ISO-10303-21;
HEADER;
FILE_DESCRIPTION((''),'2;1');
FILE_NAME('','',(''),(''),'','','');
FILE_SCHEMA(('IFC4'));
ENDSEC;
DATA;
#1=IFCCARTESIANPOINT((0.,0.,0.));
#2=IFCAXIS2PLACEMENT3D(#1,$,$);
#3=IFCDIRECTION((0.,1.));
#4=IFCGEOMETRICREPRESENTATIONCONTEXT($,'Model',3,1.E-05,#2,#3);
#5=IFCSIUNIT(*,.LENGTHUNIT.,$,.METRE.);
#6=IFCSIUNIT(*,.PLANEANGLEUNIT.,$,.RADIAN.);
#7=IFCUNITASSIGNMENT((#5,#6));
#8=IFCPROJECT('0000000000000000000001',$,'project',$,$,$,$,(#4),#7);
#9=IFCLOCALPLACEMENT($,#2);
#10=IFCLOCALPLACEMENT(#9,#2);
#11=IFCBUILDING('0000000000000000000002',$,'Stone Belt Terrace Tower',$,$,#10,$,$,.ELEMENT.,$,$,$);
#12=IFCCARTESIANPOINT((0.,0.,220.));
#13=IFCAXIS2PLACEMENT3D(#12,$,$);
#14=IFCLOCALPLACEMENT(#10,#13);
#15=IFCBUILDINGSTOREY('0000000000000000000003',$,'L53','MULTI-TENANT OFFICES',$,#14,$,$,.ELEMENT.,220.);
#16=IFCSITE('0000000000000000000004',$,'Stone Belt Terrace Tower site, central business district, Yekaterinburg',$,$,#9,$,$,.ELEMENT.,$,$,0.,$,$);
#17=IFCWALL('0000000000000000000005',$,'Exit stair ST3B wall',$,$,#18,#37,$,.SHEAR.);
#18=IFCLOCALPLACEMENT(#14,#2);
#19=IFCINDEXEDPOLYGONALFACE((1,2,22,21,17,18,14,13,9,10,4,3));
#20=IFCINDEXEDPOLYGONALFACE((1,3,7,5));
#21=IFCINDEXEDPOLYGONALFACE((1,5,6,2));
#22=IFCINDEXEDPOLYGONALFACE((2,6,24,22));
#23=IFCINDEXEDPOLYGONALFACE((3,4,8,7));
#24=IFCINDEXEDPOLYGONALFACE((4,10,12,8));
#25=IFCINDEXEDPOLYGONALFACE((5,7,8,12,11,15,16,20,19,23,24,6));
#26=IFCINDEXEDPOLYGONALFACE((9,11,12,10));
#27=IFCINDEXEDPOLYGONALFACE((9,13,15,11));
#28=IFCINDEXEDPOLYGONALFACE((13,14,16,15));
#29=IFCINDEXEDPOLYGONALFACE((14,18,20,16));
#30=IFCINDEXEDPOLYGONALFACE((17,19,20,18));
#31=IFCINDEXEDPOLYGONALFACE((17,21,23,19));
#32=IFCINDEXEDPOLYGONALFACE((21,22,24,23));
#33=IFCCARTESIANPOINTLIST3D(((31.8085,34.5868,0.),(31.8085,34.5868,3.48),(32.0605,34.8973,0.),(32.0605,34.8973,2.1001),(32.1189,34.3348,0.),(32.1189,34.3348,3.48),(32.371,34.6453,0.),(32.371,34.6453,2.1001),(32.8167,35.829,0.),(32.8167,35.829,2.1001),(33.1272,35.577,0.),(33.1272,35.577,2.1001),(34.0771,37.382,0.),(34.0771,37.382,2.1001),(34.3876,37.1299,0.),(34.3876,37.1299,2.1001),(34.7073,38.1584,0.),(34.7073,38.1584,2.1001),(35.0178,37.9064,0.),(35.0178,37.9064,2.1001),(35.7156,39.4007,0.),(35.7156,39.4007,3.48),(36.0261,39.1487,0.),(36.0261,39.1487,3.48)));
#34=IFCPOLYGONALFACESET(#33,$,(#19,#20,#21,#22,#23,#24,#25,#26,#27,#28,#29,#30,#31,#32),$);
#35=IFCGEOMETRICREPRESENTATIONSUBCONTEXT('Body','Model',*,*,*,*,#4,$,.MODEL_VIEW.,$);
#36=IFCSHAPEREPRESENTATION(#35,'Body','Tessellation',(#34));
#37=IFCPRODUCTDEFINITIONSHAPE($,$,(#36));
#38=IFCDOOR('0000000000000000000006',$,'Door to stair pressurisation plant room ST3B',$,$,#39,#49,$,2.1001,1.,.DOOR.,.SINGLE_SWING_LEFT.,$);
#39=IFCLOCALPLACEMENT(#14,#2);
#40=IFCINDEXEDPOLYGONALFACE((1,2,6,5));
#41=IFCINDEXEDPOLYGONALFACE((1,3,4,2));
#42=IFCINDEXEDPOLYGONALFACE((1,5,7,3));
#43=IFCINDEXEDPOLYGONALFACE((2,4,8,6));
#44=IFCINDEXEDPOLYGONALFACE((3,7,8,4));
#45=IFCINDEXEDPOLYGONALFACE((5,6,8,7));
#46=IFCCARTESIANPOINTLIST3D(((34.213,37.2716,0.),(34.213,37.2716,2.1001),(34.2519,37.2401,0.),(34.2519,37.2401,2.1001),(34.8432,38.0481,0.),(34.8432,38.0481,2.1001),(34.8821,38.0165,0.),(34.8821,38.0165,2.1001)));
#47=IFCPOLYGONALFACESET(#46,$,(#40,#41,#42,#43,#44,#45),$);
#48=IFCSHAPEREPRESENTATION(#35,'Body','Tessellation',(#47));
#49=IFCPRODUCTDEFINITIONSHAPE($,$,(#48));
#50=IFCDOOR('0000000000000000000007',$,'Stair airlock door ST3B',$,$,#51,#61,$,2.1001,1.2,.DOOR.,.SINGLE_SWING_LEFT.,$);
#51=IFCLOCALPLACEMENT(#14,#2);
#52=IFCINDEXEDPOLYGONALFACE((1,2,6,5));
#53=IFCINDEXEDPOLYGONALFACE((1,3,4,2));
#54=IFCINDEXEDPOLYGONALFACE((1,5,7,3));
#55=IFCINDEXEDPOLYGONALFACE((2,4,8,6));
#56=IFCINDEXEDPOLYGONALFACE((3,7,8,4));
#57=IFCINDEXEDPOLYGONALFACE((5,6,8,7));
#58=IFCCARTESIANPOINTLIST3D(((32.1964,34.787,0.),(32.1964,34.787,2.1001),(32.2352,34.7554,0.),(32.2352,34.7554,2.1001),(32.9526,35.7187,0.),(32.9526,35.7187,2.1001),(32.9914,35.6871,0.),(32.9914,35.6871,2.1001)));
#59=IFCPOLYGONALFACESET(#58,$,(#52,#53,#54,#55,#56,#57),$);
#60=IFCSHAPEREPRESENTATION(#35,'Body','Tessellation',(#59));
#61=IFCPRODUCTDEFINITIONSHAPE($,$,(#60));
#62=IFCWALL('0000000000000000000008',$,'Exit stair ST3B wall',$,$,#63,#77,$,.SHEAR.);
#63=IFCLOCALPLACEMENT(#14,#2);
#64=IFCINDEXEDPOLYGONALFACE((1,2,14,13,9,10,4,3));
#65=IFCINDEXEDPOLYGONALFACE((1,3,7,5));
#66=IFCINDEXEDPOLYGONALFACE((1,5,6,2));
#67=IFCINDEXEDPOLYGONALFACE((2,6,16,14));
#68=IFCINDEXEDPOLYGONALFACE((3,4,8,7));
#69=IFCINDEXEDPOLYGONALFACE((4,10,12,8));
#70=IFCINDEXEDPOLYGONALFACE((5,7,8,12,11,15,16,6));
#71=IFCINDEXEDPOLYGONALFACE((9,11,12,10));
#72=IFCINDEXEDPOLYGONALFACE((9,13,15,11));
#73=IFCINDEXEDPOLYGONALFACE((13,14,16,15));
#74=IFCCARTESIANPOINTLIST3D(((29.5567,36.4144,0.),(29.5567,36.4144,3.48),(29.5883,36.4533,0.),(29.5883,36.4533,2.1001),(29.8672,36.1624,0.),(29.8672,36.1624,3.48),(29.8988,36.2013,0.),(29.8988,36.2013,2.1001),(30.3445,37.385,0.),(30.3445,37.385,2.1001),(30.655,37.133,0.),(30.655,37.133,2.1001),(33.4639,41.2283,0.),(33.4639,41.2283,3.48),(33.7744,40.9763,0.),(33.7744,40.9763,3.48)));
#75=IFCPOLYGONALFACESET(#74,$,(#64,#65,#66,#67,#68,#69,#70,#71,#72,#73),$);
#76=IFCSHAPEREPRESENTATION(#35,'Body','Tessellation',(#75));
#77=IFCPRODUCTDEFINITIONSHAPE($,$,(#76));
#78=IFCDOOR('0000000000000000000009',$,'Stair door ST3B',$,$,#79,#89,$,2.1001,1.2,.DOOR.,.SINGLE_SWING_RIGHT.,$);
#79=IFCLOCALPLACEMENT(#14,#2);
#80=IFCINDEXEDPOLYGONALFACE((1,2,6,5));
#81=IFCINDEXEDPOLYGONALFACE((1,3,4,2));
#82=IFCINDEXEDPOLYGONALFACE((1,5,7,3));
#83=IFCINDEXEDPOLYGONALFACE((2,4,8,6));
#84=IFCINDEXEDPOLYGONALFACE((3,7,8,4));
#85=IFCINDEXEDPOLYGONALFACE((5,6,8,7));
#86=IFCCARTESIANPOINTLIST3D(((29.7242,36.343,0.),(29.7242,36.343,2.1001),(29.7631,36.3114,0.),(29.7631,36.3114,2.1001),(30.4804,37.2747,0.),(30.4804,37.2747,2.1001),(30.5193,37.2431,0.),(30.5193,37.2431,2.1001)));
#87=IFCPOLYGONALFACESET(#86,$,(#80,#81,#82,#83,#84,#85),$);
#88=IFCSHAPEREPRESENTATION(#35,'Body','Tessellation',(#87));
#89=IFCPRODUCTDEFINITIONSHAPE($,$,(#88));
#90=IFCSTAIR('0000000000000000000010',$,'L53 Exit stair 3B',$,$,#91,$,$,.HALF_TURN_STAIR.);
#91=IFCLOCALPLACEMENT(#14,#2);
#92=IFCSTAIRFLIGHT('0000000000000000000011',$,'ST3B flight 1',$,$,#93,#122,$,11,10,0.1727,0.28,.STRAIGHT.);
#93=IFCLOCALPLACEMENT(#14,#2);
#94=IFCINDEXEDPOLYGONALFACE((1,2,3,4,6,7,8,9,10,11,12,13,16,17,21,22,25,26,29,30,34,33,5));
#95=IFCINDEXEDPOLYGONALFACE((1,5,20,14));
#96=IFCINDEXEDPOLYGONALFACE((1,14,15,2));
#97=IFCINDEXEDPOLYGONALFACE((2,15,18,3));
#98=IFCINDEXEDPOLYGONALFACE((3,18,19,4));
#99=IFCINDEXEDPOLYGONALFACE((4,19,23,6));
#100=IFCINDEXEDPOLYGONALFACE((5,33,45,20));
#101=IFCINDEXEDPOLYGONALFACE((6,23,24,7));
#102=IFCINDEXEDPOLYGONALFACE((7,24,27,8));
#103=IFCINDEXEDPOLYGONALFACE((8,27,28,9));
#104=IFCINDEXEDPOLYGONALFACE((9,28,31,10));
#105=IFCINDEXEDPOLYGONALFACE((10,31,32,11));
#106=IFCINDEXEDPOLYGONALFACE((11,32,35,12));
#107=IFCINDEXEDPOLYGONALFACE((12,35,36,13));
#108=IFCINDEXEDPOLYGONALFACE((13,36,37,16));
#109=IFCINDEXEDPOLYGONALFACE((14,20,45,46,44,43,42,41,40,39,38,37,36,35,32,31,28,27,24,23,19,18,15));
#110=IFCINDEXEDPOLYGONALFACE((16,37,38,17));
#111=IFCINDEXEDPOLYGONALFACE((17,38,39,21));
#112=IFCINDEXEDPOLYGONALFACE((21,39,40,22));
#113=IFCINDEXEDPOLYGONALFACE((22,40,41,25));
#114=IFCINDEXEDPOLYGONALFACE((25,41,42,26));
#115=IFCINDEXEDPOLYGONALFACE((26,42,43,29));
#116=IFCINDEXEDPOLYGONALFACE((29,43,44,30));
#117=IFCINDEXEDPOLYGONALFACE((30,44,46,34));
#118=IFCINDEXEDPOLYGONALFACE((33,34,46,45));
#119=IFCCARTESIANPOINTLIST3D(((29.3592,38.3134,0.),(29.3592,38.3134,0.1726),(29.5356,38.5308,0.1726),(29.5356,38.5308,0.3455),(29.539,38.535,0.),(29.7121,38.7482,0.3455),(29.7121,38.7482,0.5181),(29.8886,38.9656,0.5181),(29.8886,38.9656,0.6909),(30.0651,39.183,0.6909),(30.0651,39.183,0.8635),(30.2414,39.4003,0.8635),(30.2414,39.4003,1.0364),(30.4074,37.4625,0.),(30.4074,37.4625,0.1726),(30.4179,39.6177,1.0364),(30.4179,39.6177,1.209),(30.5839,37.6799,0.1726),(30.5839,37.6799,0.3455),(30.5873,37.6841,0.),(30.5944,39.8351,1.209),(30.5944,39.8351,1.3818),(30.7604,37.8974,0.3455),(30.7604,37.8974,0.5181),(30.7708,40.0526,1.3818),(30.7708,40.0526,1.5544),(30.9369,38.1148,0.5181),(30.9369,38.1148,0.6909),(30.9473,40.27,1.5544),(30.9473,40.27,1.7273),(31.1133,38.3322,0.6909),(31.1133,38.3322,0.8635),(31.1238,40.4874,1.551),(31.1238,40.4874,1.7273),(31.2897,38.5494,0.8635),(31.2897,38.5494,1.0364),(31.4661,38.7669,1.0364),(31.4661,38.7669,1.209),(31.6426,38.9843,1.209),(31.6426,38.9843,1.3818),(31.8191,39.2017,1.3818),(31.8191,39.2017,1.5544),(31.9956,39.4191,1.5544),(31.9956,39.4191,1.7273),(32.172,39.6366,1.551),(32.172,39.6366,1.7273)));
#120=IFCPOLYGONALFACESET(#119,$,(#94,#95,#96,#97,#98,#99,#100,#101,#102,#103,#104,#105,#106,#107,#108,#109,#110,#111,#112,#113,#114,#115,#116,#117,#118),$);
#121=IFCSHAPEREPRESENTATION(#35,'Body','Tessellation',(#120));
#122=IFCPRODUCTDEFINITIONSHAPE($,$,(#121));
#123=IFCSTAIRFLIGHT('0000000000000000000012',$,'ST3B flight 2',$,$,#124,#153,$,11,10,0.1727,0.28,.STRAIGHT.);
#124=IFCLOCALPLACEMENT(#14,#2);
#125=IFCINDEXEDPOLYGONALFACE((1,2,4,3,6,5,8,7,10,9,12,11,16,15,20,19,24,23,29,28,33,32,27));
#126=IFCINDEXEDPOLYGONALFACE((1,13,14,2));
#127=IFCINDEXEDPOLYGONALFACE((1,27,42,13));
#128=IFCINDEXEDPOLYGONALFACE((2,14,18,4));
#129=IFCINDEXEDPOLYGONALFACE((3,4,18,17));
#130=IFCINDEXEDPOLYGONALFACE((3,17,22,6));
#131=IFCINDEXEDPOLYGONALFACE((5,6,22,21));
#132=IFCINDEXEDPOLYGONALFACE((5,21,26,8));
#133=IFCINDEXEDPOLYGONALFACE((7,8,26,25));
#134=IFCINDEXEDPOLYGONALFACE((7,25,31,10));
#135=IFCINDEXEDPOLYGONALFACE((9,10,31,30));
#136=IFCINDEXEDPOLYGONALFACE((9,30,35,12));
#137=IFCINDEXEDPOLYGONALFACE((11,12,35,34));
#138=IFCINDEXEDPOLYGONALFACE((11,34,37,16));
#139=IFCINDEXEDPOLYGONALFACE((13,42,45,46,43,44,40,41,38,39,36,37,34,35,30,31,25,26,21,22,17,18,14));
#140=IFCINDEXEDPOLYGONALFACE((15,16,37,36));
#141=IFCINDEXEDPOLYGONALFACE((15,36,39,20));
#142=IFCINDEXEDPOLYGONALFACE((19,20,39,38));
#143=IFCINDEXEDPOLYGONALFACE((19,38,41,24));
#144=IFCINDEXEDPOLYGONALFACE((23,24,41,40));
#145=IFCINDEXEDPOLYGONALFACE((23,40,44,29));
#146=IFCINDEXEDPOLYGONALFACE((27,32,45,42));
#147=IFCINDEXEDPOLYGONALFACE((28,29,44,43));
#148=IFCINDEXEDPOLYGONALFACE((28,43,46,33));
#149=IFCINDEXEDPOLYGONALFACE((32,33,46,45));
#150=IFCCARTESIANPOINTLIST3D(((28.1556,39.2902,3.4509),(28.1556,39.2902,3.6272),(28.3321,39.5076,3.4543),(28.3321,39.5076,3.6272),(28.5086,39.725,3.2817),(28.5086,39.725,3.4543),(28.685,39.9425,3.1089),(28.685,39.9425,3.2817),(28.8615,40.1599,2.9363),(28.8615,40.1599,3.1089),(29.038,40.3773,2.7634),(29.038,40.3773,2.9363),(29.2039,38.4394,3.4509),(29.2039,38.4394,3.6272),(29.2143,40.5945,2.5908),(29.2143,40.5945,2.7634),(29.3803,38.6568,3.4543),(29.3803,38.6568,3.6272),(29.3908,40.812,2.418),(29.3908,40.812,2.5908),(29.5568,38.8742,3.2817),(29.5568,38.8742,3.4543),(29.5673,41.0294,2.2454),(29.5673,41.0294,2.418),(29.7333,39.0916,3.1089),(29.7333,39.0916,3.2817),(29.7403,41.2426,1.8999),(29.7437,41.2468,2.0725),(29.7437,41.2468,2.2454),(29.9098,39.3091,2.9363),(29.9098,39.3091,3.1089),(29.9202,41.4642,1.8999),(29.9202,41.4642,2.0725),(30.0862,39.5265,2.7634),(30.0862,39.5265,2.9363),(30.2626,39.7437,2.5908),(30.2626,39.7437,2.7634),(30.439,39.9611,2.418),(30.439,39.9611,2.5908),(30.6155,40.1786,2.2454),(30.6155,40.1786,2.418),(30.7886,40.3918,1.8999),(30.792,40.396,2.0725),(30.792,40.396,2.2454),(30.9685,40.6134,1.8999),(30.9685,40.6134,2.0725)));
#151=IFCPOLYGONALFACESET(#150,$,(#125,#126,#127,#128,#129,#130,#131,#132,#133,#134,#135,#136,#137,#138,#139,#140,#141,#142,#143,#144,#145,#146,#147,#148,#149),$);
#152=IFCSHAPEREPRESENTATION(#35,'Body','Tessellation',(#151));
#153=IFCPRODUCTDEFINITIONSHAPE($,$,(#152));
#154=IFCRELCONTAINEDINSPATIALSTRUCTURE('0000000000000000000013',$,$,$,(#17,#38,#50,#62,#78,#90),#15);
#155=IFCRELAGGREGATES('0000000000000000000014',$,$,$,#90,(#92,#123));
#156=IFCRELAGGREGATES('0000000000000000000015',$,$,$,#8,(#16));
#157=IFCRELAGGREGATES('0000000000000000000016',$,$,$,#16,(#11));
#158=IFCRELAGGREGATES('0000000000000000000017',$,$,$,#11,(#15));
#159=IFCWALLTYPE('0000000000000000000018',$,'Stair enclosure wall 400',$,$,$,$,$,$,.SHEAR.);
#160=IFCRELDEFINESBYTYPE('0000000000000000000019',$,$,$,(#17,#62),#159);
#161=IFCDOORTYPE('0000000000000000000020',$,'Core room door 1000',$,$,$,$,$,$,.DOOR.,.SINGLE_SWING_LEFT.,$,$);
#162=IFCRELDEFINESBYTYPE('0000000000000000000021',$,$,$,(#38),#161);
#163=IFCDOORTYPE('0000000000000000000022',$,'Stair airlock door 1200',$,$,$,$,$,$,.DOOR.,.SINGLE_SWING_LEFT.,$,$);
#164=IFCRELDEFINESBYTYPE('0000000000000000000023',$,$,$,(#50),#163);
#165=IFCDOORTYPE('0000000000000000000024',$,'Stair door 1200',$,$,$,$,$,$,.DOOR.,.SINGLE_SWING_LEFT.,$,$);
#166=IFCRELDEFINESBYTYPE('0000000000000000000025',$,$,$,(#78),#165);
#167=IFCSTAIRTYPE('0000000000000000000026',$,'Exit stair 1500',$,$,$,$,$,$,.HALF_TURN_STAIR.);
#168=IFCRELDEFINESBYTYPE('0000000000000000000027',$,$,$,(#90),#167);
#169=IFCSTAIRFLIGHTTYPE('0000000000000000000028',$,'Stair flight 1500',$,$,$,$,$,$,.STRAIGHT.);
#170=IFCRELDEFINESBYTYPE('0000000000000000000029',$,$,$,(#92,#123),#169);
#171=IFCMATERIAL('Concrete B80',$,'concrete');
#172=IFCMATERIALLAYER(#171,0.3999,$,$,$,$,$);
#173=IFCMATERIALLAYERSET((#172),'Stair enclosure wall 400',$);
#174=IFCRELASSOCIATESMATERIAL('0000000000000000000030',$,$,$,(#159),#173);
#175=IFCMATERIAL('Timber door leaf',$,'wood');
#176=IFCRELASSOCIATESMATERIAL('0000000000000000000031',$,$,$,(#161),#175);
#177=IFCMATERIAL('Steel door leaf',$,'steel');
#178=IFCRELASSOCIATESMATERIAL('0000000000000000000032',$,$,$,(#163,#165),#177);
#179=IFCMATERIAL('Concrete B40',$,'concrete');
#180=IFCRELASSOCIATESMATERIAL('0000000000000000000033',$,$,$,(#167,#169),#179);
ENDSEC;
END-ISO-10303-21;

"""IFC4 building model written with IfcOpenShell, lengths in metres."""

from ifc_helpers import new_model, si_unit, direction, frame, frame_2d, origin, place, context, subcontext, project, spatial, polyline, rectangle, outline, extrude, material, layer, layer_set, type_object, element, fill, aggregate, save


model = new_model("IFC4")

# Units and contexts
model_context = context("Model", 3, precision=1e-05, world=origin(), true_north=direction((0.0, 1.0)))
body_context = subcontext(model_context, "Body", "Model", "MODEL_VIEW")
ifc_project = project(units=[si_unit("LENGTHUNIT", "METRE"), si_unit("PLANEANGLEUNIT", "RADIAN")], contexts=[model_context])

# Site, building, storey
site_placement = place(None, origin())
site = spatial("IfcSite", under=ifc_project, at=site_placement, Name="Stone Belt Terrace Tower site, central business district, Yekaterinburg", CompositionType="ELEMENT", RefElevation=0.0)
building_placement = place(site_placement, origin())
building = spatial("IfcBuilding", under=site, at=building_placement, Name="Stone Belt Terrace Tower", CompositionType="ELEMENT")
storey_placement = place(building_placement, frame((0.0, 0.0, 220.0)))
storey = spatial("IfcBuildingStorey", under=building, at=storey_placement, Name="L53", Description="MULTI-TENANT OFFICES", CompositionType="ELEMENT", Elevation=220.0)

# Wall, openings, doors
ifc_material_1 = material(Name="Concrete B80", Category="concrete")
ifc_layer_1 = layer(ifc_material_1, 0.3999)
ifc_layer_set_1 = layer_set([ifc_layer_1], Name="Stair enclosure wall 400")
wall_type_1 = type_object("IfcWallType", Name="Stair enclosure wall 400", PredefinedType="SHEAR", material=ifc_layer_set_1)
wall_1_placement = place(storey_placement, frame((31.9636, 34.4607, 0.0), z_axis=(0.0, 0.0, 1.0), x_axis=(0.630192, 0.776439, 0.0)))
wall_1 = element("IfcWall", 1, at=wall_1_placement, inside=storey, type_object=wall_type_1, Name="Exit stair ST3B wall", PredefinedType="SHEAR", context=body_context, shape_type="SweptSolid", body=[
    extrude(rectangle(XDim=6.2, YDim=0.3999, at=frame_2d((3.1001, 0.0))), origin(), (0.0, 0.0, 1.0), 3.48),
])
opening_1_placement = place(wall_1_placement, frame((0.3999, 0.0, 0.0)))
opening_1 = element("IfcOpeningElement", 2, at=opening_1_placement, cuts=wall_1, PredefinedType="OPENING", context=body_context, shape_type="SweptSolid", body=[
    extrude(rectangle(XDim=1.2, YDim=2.1001, at=frame_2d((0.6001, 1.05))), frame((0.0, 0.21, 0.0), z_axis=(0.0, -1.0, 0.0), x_axis=(1.0, 0.0, 0.0)), (0.0, 0.0, 1.0), 0.4199),
])
opening_2_placement = place(wall_1_placement, frame((3.6001, 0.0, 0.0)))
opening_2 = element("IfcOpeningElement", 3, at=opening_2_placement, cuts=wall_1, PredefinedType="OPENING", context=body_context, shape_type="SweptSolid", body=[
    extrude(rectangle(XDim=1.0, YDim=2.1001, at=frame_2d((0.5, 1.05))), frame((0.0, 0.21, 0.0), z_axis=(0.0, -1.0, 0.0), x_axis=(1.0, 0.0, 0.0)), (0.0, 0.0, 1.0), 0.4199),
])
ifc_material_2 = material(Name="Timber door leaf", Category="wood")
door_type_1 = type_object("IfcDoorType", Name="Core room door 1000", OperationType="SINGLE_SWING_LEFT", PredefinedType="DOOR", material=ifc_material_2)
door_1_placement = place(opening_2_placement, origin())
door_1 = element("IfcDoor", 4, at=door_1_placement, inside=storey, type_object=door_type_1, Name="Door to stair pressurisation plant room ST3B", OperationType="SINGLE_SWING_LEFT", OverallHeight=2.1001, OverallWidth=1.0, PredefinedType="DOOR", context=body_context, shape_type="SweptSolid", body=[
    extrude(rectangle(XDim=1.0, YDim=2.1001, at=frame_2d((0.5, 1.05))), frame((0.0, 0.0249, 0.0), z_axis=(0.0, -1.0, 0.0), x_axis=(1.0, 0.0, 0.0)), (0.0, 0.0, 1.0), 0.05),
])
fill(opening_2, door_1)
ifc_material_3 = material(Name="Steel door leaf", Category="steel")
door_type_2 = type_object("IfcDoorType", Name="Stair airlock door 1200", OperationType="SINGLE_SWING_LEFT", PredefinedType="DOOR", material=ifc_material_3)
door_2_placement = place(opening_1_placement, origin())
door_2 = element("IfcDoor", 5, at=door_2_placement, inside=storey, type_object=door_type_2, Name="Stair airlock door ST3B", OperationType="SINGLE_SWING_LEFT", OverallHeight=2.1001, OverallWidth=1.2, PredefinedType="DOOR", context=body_context, shape_type="SweptSolid", body=[
    extrude(rectangle(XDim=1.2, YDim=2.1001, at=frame_2d((0.6001, 1.05))), frame((0.0, 0.0249, 0.0), z_axis=(0.0, -1.0, 0.0), x_axis=(1.0, 0.0, 0.0)), (0.0, 0.0, 1.0), 0.05),
])
fill(opening_1, door_2)

# Wall, opening, door
wall_2_placement = place(storey_placement, frame((29.7119, 36.2883, 0.0), z_axis=(0.0, 0.0, 1.0), x_axis=(0.630192, 0.776439, 0.0)))
wall_2 = element("IfcWall", 6, at=wall_2_placement, inside=storey, type_object=wall_type_1, Name="Exit stair ST3B wall", PredefinedType="SHEAR", context=body_context, shape_type="SweptSolid", body=[
    extrude(rectangle(XDim=6.2, YDim=0.3999, at=frame_2d((3.1001, 0.0))), origin(), (0.0, 0.0, 1.0), 3.48),
])
opening_3_placement = place(wall_2_placement, frame((0.05, 0.0, 0.0)))
opening_3 = element("IfcOpeningElement", 7, at=opening_3_placement, cuts=wall_2, PredefinedType="OPENING", context=body_context, shape_type="SweptSolid", body=[
    extrude(rectangle(XDim=1.2, YDim=2.1001, at=frame_2d((0.6001, 1.05))), frame((0.0, 0.21, 0.0), z_axis=(0.0, -1.0, 0.0), x_axis=(1.0, 0.0, 0.0)), (0.0, 0.0, 1.0), 0.4199),
])
door_type_3 = type_object("IfcDoorType", Name="Stair door 1200", OperationType="SINGLE_SWING_LEFT", PredefinedType="DOOR", material=ifc_material_3)
door_3_placement = place(opening_3_placement, origin())
door_3 = element("IfcDoor", 8, at=door_3_placement, inside=storey, type_object=door_type_3, Name="Stair door ST3B", OperationType="SINGLE_SWING_RIGHT", OverallHeight=2.1001, OverallWidth=1.2, PredefinedType="DOOR", context=body_context, shape_type="SweptSolid", body=[
    extrude(rectangle(XDim=1.2, YDim=2.1001, at=frame_2d((0.6001, 1.05))), frame((0.0, 0.0249, 0.0), z_axis=(0.0, -1.0, 0.0), x_axis=(1.0, 0.0, 0.0)), (0.0, 0.0, 1.0), 0.05),
])
fill(opening_3, door_3)

# Stair, stair flights
ifc_material_4 = material(Name="Concrete B40", Category="concrete")
stair_type = type_object("IfcStairType", Name="Exit stair 1500", PredefinedType="HALF_TURN_STAIR", material=ifc_material_4)
stair_placement = place(storey_placement, origin())
stair = element("IfcStair", 9, at=stair_placement, inside=storey, type_object=stair_type, Name="L53 Exit stair 3B", PredefinedType="HALF_TURN_STAIR")
stair_flight_type = type_object("IfcStairFlightType", Name="Stair flight 1500", PredefinedType="STRAIGHT", material=ifc_material_4)
stair_flight_1_placement = place(storey_placement, frame((29.8833, 37.8879, 0.0), z_axis=(0.0, 0.0, 1.0), x_axis=(0.630206, 0.776428, 0.0)))
stair_flight_1 = element("IfcStairFlight", 10, at=stair_flight_1_placement, type_object=stair_flight_type, Name="ST3B flight 1", NumberOfRisers=11, NumberOfTreads=10, PredefinedType="STRAIGHT", RiserHeight=0.1727, TreadLength=0.28, context=body_context, shape_type="SweptSolid", body=[
    extrude(outline(polyline([(0.0, 0.0), (0.0, 0.1726), (0.28, 0.1726), (0.28, 0.3455), (0.5601, 0.3455), (0.5601, 0.5181), (0.8401, 0.5181), (0.8401, 0.6909), (1.1201, 0.6909), (1.1201, 0.8635), (1.3999, 0.8635), (1.3999, 1.0364), (1.6799, 1.0364), (1.6799, 1.209), (1.96, 1.209), (1.96, 1.3818), (2.24, 1.3818), (2.24, 1.5544), (2.52, 1.5544), (2.52, 1.7273), (2.8, 1.7273), (2.8, 1.8999), (2.8, 1.551), (0.2854, 0.0), (0.0, 0.0)])), frame((0.0, 0.675, 0.0), z_axis=(0.0, -1.0, 0.0), x_axis=(1.0, 0.0, 0.0)), (0.0, 0.0, 1.0), 1.3501),
])
stair_flight_2_placement = place(storey_placement, frame((30.4443, 41.0388, 1.8999), z_axis=(0.0, 0.0, 1.0), x_axis=(-0.630206, -0.776428, 0.0)))
stair_flight_2 = element("IfcStairFlight", 11, at=stair_flight_2_placement, type_object=stair_flight_type, Name="ST3B flight 2", NumberOfRisers=11, NumberOfTreads=10, PredefinedType="STRAIGHT", RiserHeight=0.1727, TreadLength=0.28, context=body_context, shape_type="SweptSolid", body=[
    extrude(outline(polyline([(0.0, 0.0), (0.0, 0.1726), (0.28, 0.1726), (0.28, 0.3455), (0.5601, 0.3455), (0.5601, 0.5181), (0.8401, 0.5181), (0.8401, 0.6909), (1.1201, 0.6909), (1.1201, 0.8635), (1.3999, 0.8635), (1.3999, 1.0364), (1.6799, 1.0364), (1.6799, 1.209), (1.96, 1.209), (1.96, 1.3818), (2.24, 1.3818), (2.24, 1.5544), (2.52, 1.5544), (2.52, 1.7273), (2.8, 1.7273), (2.8, 1.8999), (2.8, 1.551), (0.2854, 0.0), (0.0, 0.0)])), frame((0.0, 0.675, 0.0), z_axis=(0.0, -1.0, 0.0), x_axis=(1.0, 0.0, 0.0)), (0.0, 0.0, 1.0), 1.3501),
])
aggregate(stair, [stair_flight_1, stair_flight_2])

save(model, "model.ifc")
